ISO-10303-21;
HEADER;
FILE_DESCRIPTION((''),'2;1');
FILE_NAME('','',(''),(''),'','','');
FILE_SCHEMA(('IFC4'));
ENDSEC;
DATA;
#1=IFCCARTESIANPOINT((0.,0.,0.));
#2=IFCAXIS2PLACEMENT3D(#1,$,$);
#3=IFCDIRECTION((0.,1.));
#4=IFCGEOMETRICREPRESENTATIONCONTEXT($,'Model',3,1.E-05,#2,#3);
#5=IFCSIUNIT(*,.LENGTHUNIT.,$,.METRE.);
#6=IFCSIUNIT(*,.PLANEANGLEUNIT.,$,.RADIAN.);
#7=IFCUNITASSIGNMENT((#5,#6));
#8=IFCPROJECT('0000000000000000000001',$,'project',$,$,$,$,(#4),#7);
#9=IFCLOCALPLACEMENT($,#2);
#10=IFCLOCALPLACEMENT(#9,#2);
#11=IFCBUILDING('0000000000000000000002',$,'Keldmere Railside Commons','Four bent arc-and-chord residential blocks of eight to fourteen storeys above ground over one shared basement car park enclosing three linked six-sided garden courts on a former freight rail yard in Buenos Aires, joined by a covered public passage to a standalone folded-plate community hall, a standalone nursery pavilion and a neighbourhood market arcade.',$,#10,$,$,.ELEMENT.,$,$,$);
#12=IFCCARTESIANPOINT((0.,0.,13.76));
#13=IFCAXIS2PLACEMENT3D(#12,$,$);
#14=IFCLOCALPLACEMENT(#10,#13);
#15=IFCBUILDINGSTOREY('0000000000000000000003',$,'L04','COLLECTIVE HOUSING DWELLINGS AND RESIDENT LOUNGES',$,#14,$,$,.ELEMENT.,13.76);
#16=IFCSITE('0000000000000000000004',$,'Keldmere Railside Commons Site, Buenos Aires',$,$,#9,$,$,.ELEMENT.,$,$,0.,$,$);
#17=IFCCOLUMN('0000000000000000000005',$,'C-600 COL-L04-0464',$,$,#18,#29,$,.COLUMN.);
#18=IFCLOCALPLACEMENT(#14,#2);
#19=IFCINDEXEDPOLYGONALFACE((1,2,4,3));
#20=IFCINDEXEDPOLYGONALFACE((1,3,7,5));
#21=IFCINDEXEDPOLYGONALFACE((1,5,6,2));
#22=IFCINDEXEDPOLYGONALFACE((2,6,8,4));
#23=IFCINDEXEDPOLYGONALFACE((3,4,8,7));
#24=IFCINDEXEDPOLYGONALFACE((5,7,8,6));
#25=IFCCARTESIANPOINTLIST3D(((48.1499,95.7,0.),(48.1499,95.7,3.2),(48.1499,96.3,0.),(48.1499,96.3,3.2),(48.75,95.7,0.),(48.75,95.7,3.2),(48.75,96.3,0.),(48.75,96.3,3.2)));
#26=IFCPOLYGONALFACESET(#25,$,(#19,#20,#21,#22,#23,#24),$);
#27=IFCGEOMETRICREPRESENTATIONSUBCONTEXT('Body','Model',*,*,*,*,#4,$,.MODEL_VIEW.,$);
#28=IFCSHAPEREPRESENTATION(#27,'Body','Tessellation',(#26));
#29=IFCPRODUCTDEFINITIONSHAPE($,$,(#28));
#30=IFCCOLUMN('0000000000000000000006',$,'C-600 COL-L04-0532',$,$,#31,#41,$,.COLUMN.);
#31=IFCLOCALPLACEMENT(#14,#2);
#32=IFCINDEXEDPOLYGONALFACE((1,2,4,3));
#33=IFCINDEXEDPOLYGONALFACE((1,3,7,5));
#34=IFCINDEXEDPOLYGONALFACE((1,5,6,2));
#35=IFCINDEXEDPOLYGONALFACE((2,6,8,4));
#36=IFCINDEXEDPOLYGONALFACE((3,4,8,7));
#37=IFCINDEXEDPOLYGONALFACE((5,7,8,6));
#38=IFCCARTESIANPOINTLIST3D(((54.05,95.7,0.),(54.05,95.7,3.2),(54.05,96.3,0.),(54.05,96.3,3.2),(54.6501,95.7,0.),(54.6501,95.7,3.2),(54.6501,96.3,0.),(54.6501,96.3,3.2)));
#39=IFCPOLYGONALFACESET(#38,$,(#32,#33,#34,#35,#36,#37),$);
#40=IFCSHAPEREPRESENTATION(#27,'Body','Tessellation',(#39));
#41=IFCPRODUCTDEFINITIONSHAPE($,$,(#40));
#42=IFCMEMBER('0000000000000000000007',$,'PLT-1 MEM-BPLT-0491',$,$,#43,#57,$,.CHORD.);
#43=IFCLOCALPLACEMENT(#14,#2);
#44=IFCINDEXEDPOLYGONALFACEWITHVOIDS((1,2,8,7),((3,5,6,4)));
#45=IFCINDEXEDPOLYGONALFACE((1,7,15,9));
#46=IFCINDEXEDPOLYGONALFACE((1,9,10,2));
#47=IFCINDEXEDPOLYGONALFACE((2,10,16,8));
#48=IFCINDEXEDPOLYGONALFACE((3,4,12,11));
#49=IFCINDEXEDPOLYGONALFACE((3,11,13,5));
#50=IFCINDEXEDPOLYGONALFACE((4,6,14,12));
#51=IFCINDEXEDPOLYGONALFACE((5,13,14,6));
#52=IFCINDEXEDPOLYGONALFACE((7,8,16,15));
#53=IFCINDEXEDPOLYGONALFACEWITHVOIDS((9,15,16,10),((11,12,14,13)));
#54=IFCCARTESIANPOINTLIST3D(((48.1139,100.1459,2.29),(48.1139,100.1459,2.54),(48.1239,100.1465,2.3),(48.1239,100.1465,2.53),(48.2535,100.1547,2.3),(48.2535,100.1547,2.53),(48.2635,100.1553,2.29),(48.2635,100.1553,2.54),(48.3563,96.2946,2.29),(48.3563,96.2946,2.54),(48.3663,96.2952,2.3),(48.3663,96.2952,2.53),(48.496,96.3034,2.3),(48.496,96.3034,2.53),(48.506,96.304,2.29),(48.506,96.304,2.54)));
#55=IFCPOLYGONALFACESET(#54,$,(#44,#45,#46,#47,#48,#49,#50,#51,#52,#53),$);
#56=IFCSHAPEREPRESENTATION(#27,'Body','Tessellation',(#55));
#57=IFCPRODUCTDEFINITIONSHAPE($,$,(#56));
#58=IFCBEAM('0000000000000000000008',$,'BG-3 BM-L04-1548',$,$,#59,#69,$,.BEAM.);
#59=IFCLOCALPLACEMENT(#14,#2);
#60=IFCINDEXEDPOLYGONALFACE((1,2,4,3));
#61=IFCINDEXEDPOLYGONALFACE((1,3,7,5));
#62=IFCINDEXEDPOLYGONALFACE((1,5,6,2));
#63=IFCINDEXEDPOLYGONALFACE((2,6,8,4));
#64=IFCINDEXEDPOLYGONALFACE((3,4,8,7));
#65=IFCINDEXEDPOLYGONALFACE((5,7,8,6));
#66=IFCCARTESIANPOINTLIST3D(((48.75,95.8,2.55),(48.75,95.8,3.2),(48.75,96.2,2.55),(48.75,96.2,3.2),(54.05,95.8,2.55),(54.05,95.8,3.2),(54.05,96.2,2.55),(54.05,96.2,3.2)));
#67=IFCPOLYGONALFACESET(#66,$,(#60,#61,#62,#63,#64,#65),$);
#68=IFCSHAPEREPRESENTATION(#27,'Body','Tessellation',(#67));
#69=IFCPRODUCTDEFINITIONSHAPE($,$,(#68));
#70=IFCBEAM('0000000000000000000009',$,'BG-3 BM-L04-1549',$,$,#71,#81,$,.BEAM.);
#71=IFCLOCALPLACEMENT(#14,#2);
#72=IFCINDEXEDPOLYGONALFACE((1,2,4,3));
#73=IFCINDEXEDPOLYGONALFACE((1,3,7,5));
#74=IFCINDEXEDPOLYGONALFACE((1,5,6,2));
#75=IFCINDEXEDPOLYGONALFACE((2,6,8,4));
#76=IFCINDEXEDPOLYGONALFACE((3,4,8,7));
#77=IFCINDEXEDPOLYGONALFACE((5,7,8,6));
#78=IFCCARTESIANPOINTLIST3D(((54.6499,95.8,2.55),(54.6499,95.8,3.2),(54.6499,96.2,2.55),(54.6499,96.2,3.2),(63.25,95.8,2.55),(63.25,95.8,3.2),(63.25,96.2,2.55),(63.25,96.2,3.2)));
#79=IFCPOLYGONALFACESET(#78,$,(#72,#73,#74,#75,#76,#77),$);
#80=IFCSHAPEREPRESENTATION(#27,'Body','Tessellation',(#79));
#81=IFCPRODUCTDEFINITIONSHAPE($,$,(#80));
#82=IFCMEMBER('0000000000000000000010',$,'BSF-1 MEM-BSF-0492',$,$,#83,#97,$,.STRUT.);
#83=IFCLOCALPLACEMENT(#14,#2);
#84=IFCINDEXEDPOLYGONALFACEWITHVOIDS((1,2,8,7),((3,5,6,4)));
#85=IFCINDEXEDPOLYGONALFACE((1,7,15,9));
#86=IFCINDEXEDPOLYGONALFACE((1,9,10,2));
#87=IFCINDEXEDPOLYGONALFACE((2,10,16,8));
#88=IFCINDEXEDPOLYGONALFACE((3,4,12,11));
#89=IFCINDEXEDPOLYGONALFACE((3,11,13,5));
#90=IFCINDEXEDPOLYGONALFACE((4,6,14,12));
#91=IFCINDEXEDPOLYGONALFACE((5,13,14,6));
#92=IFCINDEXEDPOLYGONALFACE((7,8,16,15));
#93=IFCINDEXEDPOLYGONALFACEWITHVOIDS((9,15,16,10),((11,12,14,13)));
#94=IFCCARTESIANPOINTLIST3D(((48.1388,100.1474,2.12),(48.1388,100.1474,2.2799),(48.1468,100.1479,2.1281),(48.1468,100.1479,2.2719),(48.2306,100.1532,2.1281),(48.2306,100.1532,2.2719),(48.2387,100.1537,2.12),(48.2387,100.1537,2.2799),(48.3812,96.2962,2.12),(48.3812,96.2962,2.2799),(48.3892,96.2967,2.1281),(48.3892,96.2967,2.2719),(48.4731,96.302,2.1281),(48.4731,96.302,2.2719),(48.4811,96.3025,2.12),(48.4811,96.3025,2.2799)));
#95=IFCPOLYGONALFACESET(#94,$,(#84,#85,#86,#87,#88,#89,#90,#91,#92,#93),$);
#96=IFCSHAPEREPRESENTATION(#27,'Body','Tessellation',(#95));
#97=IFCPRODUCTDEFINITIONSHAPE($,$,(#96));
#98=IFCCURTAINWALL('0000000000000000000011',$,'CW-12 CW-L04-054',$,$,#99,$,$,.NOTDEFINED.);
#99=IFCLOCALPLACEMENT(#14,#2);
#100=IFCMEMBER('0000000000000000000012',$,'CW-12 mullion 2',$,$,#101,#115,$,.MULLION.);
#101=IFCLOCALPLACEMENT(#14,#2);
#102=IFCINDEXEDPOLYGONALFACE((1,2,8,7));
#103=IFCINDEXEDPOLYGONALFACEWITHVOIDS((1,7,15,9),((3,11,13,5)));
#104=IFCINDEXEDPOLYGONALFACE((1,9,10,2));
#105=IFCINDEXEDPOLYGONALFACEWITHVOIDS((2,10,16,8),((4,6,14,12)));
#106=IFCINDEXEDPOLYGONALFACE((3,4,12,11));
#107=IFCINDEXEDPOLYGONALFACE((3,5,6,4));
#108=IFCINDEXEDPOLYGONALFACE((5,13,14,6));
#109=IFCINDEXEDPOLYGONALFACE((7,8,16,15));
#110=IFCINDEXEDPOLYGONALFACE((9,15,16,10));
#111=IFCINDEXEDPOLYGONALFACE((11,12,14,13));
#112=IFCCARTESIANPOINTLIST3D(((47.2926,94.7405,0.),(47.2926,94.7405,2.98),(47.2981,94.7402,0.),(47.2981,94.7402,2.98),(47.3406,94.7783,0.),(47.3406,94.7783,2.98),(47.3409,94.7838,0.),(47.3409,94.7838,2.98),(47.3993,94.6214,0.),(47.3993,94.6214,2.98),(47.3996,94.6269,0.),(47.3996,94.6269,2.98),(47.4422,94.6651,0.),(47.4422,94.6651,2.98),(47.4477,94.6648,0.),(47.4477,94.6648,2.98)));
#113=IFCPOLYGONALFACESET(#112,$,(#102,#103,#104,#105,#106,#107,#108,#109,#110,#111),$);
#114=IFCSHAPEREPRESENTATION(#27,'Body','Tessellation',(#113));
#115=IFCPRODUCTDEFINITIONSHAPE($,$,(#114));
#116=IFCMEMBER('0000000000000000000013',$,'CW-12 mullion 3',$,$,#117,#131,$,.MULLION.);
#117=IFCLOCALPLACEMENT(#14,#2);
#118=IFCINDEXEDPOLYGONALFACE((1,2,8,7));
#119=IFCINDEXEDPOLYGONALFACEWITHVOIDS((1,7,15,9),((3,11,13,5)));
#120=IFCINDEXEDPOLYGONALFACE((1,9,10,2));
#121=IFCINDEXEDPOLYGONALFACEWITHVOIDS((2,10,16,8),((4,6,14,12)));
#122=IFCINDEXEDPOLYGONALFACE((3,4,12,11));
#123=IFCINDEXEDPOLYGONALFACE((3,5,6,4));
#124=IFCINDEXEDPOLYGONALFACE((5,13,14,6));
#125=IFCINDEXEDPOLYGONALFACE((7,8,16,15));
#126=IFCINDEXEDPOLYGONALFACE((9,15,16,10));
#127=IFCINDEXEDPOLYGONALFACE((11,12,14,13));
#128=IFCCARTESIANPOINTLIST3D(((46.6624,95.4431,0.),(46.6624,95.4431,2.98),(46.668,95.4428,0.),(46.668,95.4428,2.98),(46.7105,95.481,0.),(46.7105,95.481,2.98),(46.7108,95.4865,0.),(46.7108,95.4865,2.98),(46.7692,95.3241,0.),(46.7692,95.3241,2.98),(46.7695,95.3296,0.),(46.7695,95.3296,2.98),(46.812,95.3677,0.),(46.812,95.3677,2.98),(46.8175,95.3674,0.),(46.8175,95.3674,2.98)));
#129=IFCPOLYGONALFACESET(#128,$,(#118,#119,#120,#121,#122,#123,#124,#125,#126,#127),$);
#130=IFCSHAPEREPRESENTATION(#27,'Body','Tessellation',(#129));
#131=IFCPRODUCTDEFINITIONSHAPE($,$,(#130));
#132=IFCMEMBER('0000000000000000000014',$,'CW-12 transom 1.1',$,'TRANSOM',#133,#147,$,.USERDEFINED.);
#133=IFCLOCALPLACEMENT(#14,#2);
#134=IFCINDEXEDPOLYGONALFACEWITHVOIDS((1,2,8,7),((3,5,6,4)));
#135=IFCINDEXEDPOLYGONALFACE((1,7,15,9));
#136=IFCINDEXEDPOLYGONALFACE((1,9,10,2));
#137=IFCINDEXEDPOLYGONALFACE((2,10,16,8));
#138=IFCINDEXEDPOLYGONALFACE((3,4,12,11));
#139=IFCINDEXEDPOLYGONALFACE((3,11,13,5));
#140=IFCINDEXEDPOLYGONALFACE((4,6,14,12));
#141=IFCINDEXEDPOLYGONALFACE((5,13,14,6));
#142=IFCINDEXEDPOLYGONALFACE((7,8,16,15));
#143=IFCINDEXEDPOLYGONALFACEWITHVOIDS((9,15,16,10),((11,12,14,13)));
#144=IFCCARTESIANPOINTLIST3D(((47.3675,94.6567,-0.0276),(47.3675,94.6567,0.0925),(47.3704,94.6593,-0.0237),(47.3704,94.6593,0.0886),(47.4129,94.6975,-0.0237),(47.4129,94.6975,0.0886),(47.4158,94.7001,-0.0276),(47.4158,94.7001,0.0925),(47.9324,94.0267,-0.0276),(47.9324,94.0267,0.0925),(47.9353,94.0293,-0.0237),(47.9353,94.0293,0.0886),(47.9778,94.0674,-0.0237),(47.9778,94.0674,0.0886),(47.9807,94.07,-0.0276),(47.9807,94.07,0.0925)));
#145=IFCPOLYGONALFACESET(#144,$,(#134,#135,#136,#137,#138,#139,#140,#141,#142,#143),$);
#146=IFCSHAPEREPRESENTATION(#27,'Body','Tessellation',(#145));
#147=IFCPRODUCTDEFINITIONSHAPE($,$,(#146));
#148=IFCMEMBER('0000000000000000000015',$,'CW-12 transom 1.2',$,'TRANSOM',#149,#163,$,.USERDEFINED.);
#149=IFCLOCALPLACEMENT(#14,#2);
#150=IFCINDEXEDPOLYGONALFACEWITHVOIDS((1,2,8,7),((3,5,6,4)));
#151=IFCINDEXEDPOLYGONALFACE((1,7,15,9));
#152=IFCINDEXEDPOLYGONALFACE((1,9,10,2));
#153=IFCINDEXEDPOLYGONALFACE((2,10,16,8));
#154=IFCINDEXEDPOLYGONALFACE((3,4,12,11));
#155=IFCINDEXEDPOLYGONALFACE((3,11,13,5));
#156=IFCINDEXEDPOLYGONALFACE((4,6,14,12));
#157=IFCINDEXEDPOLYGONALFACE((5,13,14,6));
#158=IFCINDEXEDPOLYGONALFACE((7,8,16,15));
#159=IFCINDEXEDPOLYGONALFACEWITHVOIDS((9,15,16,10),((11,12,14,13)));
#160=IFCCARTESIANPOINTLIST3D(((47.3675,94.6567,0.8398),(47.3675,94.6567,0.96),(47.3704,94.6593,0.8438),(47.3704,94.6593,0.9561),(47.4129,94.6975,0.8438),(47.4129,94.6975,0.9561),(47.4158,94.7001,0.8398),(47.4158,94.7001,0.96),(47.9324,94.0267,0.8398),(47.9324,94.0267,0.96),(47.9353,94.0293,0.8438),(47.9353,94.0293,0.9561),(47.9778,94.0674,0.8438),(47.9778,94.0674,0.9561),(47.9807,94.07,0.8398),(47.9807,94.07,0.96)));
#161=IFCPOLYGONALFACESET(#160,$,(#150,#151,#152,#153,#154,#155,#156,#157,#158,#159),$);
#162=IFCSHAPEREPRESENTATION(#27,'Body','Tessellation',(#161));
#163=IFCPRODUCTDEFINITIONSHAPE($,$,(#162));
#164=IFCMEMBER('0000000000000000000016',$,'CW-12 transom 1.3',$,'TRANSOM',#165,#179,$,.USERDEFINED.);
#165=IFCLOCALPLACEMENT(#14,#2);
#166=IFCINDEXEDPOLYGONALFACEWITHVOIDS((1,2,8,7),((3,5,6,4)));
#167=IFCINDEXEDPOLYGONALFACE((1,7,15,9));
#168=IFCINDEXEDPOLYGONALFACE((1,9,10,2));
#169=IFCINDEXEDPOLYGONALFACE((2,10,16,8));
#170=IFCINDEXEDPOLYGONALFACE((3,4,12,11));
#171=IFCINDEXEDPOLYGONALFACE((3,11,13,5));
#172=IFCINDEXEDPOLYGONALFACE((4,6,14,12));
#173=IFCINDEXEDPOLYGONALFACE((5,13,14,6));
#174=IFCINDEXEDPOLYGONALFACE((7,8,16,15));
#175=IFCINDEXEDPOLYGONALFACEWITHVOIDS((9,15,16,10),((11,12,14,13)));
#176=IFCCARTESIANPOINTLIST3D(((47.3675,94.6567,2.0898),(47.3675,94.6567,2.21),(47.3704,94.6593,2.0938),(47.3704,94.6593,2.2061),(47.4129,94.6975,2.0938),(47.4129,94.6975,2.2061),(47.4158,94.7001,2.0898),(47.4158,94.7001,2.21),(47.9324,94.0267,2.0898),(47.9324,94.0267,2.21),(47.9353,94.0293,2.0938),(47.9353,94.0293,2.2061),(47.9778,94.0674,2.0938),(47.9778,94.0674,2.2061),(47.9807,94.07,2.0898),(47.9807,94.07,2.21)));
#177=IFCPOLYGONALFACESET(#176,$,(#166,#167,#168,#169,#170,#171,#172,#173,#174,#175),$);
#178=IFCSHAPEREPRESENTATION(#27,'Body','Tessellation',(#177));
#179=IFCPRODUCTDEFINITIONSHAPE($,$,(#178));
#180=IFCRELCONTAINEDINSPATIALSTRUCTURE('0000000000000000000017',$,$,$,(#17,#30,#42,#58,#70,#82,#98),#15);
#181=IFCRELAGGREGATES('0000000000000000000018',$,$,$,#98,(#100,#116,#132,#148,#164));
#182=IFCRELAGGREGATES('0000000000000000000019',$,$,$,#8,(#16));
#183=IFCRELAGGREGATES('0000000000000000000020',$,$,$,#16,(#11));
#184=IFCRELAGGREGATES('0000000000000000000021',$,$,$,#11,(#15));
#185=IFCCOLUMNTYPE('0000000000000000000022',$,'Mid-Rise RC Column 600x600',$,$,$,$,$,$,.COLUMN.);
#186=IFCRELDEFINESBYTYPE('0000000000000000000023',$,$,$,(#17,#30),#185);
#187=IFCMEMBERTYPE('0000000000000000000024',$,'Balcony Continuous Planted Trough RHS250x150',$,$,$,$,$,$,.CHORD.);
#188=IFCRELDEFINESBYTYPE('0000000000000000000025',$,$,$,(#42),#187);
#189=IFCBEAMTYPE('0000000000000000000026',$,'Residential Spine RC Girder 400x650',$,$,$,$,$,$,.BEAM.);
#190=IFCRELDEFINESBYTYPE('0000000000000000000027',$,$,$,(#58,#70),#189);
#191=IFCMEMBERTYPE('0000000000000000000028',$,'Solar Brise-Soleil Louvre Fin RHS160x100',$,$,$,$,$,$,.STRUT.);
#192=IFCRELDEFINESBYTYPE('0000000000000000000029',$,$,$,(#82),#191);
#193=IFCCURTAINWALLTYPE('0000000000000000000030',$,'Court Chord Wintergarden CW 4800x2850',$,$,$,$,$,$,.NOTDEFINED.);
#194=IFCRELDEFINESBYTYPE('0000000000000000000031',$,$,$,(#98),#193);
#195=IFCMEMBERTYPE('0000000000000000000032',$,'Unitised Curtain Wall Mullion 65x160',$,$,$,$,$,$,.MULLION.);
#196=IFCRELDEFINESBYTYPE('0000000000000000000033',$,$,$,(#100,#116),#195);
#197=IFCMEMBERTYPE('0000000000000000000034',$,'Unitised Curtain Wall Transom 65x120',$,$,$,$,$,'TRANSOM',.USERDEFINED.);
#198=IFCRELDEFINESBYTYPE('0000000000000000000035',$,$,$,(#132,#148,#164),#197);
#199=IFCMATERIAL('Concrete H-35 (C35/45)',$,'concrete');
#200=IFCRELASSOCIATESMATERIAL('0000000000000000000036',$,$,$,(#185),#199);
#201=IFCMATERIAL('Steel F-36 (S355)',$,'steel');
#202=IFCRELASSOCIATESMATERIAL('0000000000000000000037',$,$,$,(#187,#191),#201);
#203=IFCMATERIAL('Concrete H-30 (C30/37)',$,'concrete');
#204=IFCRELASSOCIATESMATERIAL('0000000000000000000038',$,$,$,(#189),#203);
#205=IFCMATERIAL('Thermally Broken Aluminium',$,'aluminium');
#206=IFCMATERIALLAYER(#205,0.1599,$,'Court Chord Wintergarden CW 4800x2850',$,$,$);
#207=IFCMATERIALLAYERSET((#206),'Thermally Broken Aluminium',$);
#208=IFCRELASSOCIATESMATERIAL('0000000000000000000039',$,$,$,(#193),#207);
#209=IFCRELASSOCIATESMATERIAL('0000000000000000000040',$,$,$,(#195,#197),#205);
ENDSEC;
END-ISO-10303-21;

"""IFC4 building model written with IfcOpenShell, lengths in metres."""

from ifc_helpers import new_model, si_unit, direction, frame, origin, origin_2d, place, context, subcontext, project, spatial, rectangle, hollow_rectangle, extrude, material, layer, layer_set, material_profile, profile_set, type_object, element, aggregate, save


model = new_model("IFC4")

# Units and contexts
model_context = context("Model", 3, precision=1e-05, world=origin(), true_north=direction((0.0, 1.0)))
body_context = subcontext(model_context, "Body", "Model", "MODEL_VIEW")
ifc_project = project(units=[si_unit("LENGTHUNIT", "METRE"), si_unit("PLANEANGLEUNIT", "RADIAN")], contexts=[model_context])

# Site, building, storey
site_placement = place(None, origin())
site = spatial("IfcSite", under=ifc_project, at=site_placement, Name="Keldmere Railside Commons Site, Buenos Aires", CompositionType="ELEMENT", RefElevation=0.0)
building_placement = place(site_placement, origin())
building = spatial("IfcBuilding", under=site, at=building_placement, Name="Keldmere Railside Commons", Description="Four bent arc-and-chord residential blocks of eight to fourteen storeys above ground over one shared basement car park enclosing three linked six-sided garden courts on a former freight rail yard in Buenos Aires, joined by a covered public passage to a standalone folded-plate community hall, a standalone nursery pavilion and a neighbourhood market arcade.", CompositionType="ELEMENT")
storey_placement = place(building_placement, frame((0.0, 0.0, 13.76)))
storey = spatial("IfcBuildingStorey", under=building, at=storey_placement, Name="L04", Description="COLLECTIVE HOUSING DWELLINGS AND RESIDENT LOUNGES", CompositionType="ELEMENT", Elevation=13.76)

# Columns
ifc_material_1 = material(Name="Concrete H-35 (C35/45)", Category="concrete")
ifc_material_profile_1 = material_profile(ifc_material_1, rectangle(XDim=0.6001, YDim=0.6001, at=origin_2d()), Name="RC-600x600")
ifc_profile_set_1 = profile_set([ifc_material_profile_1], Name="Concrete H-35 (C35/45)")
column_type = type_object("IfcColumnType", Name="Mid-Rise RC Column 600x600", PredefinedType="COLUMN", material=ifc_profile_set_1)
for number, where, z_axis, x_axis, name in (
    (1, (48.45, 96.0, 0.0), (0.0, 0.0, 1.0), (1.0, 0.0, 0.0), "C-600 COL-L04-0464"),
    (2, (54.3501, 96.0, 0.0), (0.0, 0.0, 1.0), (1.0, 0.0, 0.0), "C-600 COL-L04-0532"),
):
    element("IfcColumn", number, at=place(storey_placement, frame(where, z_axis=z_axis, x_axis=x_axis)), inside=storey, type_object=column_type, Name=name, PredefinedType="COLUMN", context=body_context, shape_type="SweptSolid", body=[
        extrude(rectangle(XDim=0.6001, YDim=0.6001, at=origin_2d()), origin(), (0.0, 0.0, 1.0), 3.2),
    ])

# Member
ifc_material_2 = material(Name="Steel F-36 (S355)", Category="steel")
ifc_material_profile_2 = material_profile(ifc_material_2, hollow_rectangle(XDim=0.1499, YDim=0.25, WallThickness=0.01, at=origin_2d()), Name="RHS-250x150x10")
ifc_profile_set_2 = profile_set([ifc_material_profile_2], Name="Steel F-36 (S355)")
member_type_1 = type_object("IfcMemberType", Name="Balcony Continuous Planted Trough RHS250x150", PredefinedType="CHORD", material=ifc_profile_set_2)
member_1_placement = place(storey_placement, frame((48.4312, 96.2993, 2.415), z_axis=(-0.062823, 0.998025, 0.0), x_axis=(-0.998025, -0.062823, 0.0)))
element("IfcMember", 3, at=member_1_placement, inside=storey, type_object=member_type_1, Name="PLT-1 MEM-BPLT-0491", PredefinedType="CHORD", context=body_context, shape_type="SweptSolid", body=[
    extrude(hollow_rectangle(XDim=0.1499, YDim=0.25, WallThickness=0.01, at=origin_2d()), origin(), (0.0, 0.0, 1.0), 3.8589),
])

# Beams
ifc_material_3 = material(Name="Concrete H-30 (C30/37)", Category="concrete")
ifc_material_profile_3 = material_profile(ifc_material_3, rectangle(XDim=0.3999, YDim=0.6499, at=origin_2d()), Name="RC-400x650")
ifc_profile_set_3 = profile_set([ifc_material_profile_3], Name="Concrete H-30 (C30/37)")
beam_type = type_object("IfcBeamType", Name="Residential Spine RC Girder 400x650", PredefinedType="BEAM", material=ifc_profile_set_3)
beam_1_placement = place(storey_placement, frame((48.75, 96.0, 2.875), z_axis=(1.0, 0.0, 0.0), x_axis=(0.0, 1.0, 0.0)))
element("IfcBeam", 4, at=beam_1_placement, inside=storey, type_object=beam_type, Name="BG-3 BM-L04-1548", PredefinedType="BEAM", context=body_context, shape_type="SweptSolid", body=[
    extrude(rectangle(XDim=0.3999, YDim=0.6499, at=origin_2d()), origin(), (0.0, 0.0, 1.0), 5.3),
])
beam_2_placement = place(storey_placement, frame((54.6499, 96.0, 2.875), z_axis=(1.0, 0.0, 0.0), x_axis=(0.0, 1.0, 0.0)))
element("IfcBeam", 5, at=beam_2_placement, inside=storey, type_object=beam_type, Name="BG-3 BM-L04-1549", PredefinedType="BEAM", context=body_context, shape_type="SweptSolid", body=[
    extrude(rectangle(XDim=0.3999, YDim=0.6499, at=origin_2d()), origin(), (0.0, 0.0, 1.0), 8.6001),
])

# Member
ifc_material_profile_4 = material_profile(ifc_material_2, hollow_rectangle(XDim=0.1001, YDim=0.1599, WallThickness=0.0081, at=origin_2d()), Name="RHS-160x100x8")
ifc_profile_set_4 = profile_set([ifc_material_profile_4], Name="Steel F-36 (S355)")
member_type_2 = type_object("IfcMemberType", Name="Solar Brise-Soleil Louvre Fin RHS160x100", PredefinedType="STRUT", material=ifc_profile_set_4)
member_2_placement = place(storey_placement, frame((48.4312, 96.2993, 2.2), z_axis=(-0.062823, 0.998025, 0.0), x_axis=(-0.998025, -0.062823, 0.0)))
element("IfcMember", 6, at=member_2_placement, inside=storey, type_object=member_type_2, Name="BSF-1 MEM-BSF-0492", PredefinedType="STRUT", context=body_context, shape_type="SweptSolid", body=[
    extrude(hollow_rectangle(XDim=0.1001, YDim=0.1599, WallThickness=0.0081, at=origin_2d()), origin(), (0.0, 0.0, 1.0), 3.8589),
])

# Curtain wall, members
ifc_material_4 = material(Name="Thermally Broken Aluminium", Category="aluminium")
ifc_layer_1 = layer(ifc_material_4, 0.1599, Name="Court Chord Wintergarden CW 4800x2850")
ifc_layer_set_1 = layer_set([ifc_layer_1], Name="Thermally Broken Aluminium")
curtain_wall_type = type_object("IfcCurtainWallType", Name="Court Chord Wintergarden CW 4800x2850", PredefinedType="NOTDEFINED", material=ifc_layer_set_1)
curtain_wall_placement = place(storey_placement, origin())
curtain_wall = element("IfcCurtainWall", 7, at=curtain_wall_placement, inside=storey, type_object=curtain_wall_type, Name="CW-12 CW-L04-054", PredefinedType="NOTDEFINED")
ifc_material_profile_5 = material_profile(ifc_material_4, hollow_rectangle(XDim=0.0649, YDim=0.1599, WallThickness=0.0039, at=origin_2d()), Name="ALU-MULL-65x160")
ifc_profile_set_5 = profile_set([ifc_material_profile_5], Name="Thermally Broken Aluminium")
member_type_3 = type_object("IfcMemberType", Name="Unitised Curtain Wall Mullion 65x160", PredefinedType="MULLION", material=ifc_profile_set_5)
member_3_placement = place(storey_placement, frame((47.3701, 94.7026, 0.0), z_axis=(0.0, 0.0, 1.0), x_axis=(-0.744557, -0.667559, 0.0)))
member_3 = element("IfcMember", 8, at=member_3_placement, type_object=member_type_3, Name="CW-12 mullion 2", PredefinedType="MULLION", context=body_context, shape_type="SweptSolid", body=[
    extrude(hollow_rectangle(XDim=0.0649, YDim=0.1599, WallThickness=0.0039, at=origin_2d()), origin(), (0.0, 0.0, 1.0), 2.98),
])
member_4_placement = place(storey_placement, frame((46.74, 95.4053, 0.0), z_axis=(0.0, 0.0, 1.0), x_axis=(-0.744557, -0.667559, 0.0)))
member_4 = element("IfcMember", 9, at=member_4_placement, type_object=member_type_3, Name="CW-12 mullion 3", PredefinedType="MULLION", context=body_context, shape_type="SweptSolid", body=[
    extrude(hollow_rectangle(XDim=0.0649, YDim=0.1599, WallThickness=0.0039, at=origin_2d()), origin(), (0.0, 0.0, 1.0), 2.98),
])
ifc_material_profile_6 = material_profile(ifc_material_4, hollow_rectangle(XDim=0.0649, YDim=0.1201, WallThickness=0.0039, at=origin_2d()), Name="ALU-TRAN-65x120")
ifc_profile_set_6 = profile_set([ifc_material_profile_6], Name="Thermally Broken Aluminium")
member_type_4 = type_object("IfcMemberType", Name="Unitised Curtain Wall Transom 65x120", ElementType="TRANSOM", PredefinedType="USERDEFINED", material=ifc_profile_set_6)
member_5_placement = place(storey_placement, frame((47.9565, 94.0483, 0.0325), z_axis=(-0.667545, 0.744569, 0.0), x_axis=(-0.744569, -0.667545, 0.0)))
member_5 = element("IfcMember", 10, at=member_5_placement, type_object=member_type_4, Name="CW-12 transom 1.1", ObjectType="TRANSOM", PredefinedType="USERDEFINED", context=body_context, shape_type="SweptSolid", body=[
    extrude(hollow_rectangle(XDim=0.0649, YDim=0.1201, WallThickness=0.0039, at=origin_2d()), origin(), (0.0, 0.0, 1.0), 0.8462),
])
member_6_placement = place(storey_placement, frame((47.9565, 94.0483, 0.8999), z_axis=(-0.667545, 0.744569, 0.0), x_axis=(-0.744569, -0.667545, 0.0)))
member_6 = element("IfcMember", 11, at=member_6_placement, type_object=member_type_4, Name="CW-12 transom 1.2", ObjectType="TRANSOM", PredefinedType="USERDEFINED", context=body_context, shape_type="SweptSolid", body=[
    extrude(hollow_rectangle(XDim=0.0649, YDim=0.1201, WallThickness=0.0039, at=origin_2d()), origin(), (0.0, 0.0, 1.0), 0.8462),
])
member_7_placement = place(storey_placement, frame((47.9565, 94.0483, 2.1499), z_axis=(-0.667545, 0.744569, 0.0), x_axis=(-0.744569, -0.667545, 0.0)))
member_7 = element("IfcMember", 12, at=member_7_placement, type_object=member_type_4, Name="CW-12 transom 1.3", ObjectType="TRANSOM", PredefinedType="USERDEFINED", context=body_context, shape_type="SweptSolid", body=[
    extrude(hollow_rectangle(XDim=0.0649, YDim=0.1201, WallThickness=0.0039, at=origin_2d()), origin(), (0.0, 0.0, 1.0), 0.8462),
])
aggregate(curtain_wall, [member_3, member_4, member_5, member_6, member_7])

save(model, "model.ifc")
